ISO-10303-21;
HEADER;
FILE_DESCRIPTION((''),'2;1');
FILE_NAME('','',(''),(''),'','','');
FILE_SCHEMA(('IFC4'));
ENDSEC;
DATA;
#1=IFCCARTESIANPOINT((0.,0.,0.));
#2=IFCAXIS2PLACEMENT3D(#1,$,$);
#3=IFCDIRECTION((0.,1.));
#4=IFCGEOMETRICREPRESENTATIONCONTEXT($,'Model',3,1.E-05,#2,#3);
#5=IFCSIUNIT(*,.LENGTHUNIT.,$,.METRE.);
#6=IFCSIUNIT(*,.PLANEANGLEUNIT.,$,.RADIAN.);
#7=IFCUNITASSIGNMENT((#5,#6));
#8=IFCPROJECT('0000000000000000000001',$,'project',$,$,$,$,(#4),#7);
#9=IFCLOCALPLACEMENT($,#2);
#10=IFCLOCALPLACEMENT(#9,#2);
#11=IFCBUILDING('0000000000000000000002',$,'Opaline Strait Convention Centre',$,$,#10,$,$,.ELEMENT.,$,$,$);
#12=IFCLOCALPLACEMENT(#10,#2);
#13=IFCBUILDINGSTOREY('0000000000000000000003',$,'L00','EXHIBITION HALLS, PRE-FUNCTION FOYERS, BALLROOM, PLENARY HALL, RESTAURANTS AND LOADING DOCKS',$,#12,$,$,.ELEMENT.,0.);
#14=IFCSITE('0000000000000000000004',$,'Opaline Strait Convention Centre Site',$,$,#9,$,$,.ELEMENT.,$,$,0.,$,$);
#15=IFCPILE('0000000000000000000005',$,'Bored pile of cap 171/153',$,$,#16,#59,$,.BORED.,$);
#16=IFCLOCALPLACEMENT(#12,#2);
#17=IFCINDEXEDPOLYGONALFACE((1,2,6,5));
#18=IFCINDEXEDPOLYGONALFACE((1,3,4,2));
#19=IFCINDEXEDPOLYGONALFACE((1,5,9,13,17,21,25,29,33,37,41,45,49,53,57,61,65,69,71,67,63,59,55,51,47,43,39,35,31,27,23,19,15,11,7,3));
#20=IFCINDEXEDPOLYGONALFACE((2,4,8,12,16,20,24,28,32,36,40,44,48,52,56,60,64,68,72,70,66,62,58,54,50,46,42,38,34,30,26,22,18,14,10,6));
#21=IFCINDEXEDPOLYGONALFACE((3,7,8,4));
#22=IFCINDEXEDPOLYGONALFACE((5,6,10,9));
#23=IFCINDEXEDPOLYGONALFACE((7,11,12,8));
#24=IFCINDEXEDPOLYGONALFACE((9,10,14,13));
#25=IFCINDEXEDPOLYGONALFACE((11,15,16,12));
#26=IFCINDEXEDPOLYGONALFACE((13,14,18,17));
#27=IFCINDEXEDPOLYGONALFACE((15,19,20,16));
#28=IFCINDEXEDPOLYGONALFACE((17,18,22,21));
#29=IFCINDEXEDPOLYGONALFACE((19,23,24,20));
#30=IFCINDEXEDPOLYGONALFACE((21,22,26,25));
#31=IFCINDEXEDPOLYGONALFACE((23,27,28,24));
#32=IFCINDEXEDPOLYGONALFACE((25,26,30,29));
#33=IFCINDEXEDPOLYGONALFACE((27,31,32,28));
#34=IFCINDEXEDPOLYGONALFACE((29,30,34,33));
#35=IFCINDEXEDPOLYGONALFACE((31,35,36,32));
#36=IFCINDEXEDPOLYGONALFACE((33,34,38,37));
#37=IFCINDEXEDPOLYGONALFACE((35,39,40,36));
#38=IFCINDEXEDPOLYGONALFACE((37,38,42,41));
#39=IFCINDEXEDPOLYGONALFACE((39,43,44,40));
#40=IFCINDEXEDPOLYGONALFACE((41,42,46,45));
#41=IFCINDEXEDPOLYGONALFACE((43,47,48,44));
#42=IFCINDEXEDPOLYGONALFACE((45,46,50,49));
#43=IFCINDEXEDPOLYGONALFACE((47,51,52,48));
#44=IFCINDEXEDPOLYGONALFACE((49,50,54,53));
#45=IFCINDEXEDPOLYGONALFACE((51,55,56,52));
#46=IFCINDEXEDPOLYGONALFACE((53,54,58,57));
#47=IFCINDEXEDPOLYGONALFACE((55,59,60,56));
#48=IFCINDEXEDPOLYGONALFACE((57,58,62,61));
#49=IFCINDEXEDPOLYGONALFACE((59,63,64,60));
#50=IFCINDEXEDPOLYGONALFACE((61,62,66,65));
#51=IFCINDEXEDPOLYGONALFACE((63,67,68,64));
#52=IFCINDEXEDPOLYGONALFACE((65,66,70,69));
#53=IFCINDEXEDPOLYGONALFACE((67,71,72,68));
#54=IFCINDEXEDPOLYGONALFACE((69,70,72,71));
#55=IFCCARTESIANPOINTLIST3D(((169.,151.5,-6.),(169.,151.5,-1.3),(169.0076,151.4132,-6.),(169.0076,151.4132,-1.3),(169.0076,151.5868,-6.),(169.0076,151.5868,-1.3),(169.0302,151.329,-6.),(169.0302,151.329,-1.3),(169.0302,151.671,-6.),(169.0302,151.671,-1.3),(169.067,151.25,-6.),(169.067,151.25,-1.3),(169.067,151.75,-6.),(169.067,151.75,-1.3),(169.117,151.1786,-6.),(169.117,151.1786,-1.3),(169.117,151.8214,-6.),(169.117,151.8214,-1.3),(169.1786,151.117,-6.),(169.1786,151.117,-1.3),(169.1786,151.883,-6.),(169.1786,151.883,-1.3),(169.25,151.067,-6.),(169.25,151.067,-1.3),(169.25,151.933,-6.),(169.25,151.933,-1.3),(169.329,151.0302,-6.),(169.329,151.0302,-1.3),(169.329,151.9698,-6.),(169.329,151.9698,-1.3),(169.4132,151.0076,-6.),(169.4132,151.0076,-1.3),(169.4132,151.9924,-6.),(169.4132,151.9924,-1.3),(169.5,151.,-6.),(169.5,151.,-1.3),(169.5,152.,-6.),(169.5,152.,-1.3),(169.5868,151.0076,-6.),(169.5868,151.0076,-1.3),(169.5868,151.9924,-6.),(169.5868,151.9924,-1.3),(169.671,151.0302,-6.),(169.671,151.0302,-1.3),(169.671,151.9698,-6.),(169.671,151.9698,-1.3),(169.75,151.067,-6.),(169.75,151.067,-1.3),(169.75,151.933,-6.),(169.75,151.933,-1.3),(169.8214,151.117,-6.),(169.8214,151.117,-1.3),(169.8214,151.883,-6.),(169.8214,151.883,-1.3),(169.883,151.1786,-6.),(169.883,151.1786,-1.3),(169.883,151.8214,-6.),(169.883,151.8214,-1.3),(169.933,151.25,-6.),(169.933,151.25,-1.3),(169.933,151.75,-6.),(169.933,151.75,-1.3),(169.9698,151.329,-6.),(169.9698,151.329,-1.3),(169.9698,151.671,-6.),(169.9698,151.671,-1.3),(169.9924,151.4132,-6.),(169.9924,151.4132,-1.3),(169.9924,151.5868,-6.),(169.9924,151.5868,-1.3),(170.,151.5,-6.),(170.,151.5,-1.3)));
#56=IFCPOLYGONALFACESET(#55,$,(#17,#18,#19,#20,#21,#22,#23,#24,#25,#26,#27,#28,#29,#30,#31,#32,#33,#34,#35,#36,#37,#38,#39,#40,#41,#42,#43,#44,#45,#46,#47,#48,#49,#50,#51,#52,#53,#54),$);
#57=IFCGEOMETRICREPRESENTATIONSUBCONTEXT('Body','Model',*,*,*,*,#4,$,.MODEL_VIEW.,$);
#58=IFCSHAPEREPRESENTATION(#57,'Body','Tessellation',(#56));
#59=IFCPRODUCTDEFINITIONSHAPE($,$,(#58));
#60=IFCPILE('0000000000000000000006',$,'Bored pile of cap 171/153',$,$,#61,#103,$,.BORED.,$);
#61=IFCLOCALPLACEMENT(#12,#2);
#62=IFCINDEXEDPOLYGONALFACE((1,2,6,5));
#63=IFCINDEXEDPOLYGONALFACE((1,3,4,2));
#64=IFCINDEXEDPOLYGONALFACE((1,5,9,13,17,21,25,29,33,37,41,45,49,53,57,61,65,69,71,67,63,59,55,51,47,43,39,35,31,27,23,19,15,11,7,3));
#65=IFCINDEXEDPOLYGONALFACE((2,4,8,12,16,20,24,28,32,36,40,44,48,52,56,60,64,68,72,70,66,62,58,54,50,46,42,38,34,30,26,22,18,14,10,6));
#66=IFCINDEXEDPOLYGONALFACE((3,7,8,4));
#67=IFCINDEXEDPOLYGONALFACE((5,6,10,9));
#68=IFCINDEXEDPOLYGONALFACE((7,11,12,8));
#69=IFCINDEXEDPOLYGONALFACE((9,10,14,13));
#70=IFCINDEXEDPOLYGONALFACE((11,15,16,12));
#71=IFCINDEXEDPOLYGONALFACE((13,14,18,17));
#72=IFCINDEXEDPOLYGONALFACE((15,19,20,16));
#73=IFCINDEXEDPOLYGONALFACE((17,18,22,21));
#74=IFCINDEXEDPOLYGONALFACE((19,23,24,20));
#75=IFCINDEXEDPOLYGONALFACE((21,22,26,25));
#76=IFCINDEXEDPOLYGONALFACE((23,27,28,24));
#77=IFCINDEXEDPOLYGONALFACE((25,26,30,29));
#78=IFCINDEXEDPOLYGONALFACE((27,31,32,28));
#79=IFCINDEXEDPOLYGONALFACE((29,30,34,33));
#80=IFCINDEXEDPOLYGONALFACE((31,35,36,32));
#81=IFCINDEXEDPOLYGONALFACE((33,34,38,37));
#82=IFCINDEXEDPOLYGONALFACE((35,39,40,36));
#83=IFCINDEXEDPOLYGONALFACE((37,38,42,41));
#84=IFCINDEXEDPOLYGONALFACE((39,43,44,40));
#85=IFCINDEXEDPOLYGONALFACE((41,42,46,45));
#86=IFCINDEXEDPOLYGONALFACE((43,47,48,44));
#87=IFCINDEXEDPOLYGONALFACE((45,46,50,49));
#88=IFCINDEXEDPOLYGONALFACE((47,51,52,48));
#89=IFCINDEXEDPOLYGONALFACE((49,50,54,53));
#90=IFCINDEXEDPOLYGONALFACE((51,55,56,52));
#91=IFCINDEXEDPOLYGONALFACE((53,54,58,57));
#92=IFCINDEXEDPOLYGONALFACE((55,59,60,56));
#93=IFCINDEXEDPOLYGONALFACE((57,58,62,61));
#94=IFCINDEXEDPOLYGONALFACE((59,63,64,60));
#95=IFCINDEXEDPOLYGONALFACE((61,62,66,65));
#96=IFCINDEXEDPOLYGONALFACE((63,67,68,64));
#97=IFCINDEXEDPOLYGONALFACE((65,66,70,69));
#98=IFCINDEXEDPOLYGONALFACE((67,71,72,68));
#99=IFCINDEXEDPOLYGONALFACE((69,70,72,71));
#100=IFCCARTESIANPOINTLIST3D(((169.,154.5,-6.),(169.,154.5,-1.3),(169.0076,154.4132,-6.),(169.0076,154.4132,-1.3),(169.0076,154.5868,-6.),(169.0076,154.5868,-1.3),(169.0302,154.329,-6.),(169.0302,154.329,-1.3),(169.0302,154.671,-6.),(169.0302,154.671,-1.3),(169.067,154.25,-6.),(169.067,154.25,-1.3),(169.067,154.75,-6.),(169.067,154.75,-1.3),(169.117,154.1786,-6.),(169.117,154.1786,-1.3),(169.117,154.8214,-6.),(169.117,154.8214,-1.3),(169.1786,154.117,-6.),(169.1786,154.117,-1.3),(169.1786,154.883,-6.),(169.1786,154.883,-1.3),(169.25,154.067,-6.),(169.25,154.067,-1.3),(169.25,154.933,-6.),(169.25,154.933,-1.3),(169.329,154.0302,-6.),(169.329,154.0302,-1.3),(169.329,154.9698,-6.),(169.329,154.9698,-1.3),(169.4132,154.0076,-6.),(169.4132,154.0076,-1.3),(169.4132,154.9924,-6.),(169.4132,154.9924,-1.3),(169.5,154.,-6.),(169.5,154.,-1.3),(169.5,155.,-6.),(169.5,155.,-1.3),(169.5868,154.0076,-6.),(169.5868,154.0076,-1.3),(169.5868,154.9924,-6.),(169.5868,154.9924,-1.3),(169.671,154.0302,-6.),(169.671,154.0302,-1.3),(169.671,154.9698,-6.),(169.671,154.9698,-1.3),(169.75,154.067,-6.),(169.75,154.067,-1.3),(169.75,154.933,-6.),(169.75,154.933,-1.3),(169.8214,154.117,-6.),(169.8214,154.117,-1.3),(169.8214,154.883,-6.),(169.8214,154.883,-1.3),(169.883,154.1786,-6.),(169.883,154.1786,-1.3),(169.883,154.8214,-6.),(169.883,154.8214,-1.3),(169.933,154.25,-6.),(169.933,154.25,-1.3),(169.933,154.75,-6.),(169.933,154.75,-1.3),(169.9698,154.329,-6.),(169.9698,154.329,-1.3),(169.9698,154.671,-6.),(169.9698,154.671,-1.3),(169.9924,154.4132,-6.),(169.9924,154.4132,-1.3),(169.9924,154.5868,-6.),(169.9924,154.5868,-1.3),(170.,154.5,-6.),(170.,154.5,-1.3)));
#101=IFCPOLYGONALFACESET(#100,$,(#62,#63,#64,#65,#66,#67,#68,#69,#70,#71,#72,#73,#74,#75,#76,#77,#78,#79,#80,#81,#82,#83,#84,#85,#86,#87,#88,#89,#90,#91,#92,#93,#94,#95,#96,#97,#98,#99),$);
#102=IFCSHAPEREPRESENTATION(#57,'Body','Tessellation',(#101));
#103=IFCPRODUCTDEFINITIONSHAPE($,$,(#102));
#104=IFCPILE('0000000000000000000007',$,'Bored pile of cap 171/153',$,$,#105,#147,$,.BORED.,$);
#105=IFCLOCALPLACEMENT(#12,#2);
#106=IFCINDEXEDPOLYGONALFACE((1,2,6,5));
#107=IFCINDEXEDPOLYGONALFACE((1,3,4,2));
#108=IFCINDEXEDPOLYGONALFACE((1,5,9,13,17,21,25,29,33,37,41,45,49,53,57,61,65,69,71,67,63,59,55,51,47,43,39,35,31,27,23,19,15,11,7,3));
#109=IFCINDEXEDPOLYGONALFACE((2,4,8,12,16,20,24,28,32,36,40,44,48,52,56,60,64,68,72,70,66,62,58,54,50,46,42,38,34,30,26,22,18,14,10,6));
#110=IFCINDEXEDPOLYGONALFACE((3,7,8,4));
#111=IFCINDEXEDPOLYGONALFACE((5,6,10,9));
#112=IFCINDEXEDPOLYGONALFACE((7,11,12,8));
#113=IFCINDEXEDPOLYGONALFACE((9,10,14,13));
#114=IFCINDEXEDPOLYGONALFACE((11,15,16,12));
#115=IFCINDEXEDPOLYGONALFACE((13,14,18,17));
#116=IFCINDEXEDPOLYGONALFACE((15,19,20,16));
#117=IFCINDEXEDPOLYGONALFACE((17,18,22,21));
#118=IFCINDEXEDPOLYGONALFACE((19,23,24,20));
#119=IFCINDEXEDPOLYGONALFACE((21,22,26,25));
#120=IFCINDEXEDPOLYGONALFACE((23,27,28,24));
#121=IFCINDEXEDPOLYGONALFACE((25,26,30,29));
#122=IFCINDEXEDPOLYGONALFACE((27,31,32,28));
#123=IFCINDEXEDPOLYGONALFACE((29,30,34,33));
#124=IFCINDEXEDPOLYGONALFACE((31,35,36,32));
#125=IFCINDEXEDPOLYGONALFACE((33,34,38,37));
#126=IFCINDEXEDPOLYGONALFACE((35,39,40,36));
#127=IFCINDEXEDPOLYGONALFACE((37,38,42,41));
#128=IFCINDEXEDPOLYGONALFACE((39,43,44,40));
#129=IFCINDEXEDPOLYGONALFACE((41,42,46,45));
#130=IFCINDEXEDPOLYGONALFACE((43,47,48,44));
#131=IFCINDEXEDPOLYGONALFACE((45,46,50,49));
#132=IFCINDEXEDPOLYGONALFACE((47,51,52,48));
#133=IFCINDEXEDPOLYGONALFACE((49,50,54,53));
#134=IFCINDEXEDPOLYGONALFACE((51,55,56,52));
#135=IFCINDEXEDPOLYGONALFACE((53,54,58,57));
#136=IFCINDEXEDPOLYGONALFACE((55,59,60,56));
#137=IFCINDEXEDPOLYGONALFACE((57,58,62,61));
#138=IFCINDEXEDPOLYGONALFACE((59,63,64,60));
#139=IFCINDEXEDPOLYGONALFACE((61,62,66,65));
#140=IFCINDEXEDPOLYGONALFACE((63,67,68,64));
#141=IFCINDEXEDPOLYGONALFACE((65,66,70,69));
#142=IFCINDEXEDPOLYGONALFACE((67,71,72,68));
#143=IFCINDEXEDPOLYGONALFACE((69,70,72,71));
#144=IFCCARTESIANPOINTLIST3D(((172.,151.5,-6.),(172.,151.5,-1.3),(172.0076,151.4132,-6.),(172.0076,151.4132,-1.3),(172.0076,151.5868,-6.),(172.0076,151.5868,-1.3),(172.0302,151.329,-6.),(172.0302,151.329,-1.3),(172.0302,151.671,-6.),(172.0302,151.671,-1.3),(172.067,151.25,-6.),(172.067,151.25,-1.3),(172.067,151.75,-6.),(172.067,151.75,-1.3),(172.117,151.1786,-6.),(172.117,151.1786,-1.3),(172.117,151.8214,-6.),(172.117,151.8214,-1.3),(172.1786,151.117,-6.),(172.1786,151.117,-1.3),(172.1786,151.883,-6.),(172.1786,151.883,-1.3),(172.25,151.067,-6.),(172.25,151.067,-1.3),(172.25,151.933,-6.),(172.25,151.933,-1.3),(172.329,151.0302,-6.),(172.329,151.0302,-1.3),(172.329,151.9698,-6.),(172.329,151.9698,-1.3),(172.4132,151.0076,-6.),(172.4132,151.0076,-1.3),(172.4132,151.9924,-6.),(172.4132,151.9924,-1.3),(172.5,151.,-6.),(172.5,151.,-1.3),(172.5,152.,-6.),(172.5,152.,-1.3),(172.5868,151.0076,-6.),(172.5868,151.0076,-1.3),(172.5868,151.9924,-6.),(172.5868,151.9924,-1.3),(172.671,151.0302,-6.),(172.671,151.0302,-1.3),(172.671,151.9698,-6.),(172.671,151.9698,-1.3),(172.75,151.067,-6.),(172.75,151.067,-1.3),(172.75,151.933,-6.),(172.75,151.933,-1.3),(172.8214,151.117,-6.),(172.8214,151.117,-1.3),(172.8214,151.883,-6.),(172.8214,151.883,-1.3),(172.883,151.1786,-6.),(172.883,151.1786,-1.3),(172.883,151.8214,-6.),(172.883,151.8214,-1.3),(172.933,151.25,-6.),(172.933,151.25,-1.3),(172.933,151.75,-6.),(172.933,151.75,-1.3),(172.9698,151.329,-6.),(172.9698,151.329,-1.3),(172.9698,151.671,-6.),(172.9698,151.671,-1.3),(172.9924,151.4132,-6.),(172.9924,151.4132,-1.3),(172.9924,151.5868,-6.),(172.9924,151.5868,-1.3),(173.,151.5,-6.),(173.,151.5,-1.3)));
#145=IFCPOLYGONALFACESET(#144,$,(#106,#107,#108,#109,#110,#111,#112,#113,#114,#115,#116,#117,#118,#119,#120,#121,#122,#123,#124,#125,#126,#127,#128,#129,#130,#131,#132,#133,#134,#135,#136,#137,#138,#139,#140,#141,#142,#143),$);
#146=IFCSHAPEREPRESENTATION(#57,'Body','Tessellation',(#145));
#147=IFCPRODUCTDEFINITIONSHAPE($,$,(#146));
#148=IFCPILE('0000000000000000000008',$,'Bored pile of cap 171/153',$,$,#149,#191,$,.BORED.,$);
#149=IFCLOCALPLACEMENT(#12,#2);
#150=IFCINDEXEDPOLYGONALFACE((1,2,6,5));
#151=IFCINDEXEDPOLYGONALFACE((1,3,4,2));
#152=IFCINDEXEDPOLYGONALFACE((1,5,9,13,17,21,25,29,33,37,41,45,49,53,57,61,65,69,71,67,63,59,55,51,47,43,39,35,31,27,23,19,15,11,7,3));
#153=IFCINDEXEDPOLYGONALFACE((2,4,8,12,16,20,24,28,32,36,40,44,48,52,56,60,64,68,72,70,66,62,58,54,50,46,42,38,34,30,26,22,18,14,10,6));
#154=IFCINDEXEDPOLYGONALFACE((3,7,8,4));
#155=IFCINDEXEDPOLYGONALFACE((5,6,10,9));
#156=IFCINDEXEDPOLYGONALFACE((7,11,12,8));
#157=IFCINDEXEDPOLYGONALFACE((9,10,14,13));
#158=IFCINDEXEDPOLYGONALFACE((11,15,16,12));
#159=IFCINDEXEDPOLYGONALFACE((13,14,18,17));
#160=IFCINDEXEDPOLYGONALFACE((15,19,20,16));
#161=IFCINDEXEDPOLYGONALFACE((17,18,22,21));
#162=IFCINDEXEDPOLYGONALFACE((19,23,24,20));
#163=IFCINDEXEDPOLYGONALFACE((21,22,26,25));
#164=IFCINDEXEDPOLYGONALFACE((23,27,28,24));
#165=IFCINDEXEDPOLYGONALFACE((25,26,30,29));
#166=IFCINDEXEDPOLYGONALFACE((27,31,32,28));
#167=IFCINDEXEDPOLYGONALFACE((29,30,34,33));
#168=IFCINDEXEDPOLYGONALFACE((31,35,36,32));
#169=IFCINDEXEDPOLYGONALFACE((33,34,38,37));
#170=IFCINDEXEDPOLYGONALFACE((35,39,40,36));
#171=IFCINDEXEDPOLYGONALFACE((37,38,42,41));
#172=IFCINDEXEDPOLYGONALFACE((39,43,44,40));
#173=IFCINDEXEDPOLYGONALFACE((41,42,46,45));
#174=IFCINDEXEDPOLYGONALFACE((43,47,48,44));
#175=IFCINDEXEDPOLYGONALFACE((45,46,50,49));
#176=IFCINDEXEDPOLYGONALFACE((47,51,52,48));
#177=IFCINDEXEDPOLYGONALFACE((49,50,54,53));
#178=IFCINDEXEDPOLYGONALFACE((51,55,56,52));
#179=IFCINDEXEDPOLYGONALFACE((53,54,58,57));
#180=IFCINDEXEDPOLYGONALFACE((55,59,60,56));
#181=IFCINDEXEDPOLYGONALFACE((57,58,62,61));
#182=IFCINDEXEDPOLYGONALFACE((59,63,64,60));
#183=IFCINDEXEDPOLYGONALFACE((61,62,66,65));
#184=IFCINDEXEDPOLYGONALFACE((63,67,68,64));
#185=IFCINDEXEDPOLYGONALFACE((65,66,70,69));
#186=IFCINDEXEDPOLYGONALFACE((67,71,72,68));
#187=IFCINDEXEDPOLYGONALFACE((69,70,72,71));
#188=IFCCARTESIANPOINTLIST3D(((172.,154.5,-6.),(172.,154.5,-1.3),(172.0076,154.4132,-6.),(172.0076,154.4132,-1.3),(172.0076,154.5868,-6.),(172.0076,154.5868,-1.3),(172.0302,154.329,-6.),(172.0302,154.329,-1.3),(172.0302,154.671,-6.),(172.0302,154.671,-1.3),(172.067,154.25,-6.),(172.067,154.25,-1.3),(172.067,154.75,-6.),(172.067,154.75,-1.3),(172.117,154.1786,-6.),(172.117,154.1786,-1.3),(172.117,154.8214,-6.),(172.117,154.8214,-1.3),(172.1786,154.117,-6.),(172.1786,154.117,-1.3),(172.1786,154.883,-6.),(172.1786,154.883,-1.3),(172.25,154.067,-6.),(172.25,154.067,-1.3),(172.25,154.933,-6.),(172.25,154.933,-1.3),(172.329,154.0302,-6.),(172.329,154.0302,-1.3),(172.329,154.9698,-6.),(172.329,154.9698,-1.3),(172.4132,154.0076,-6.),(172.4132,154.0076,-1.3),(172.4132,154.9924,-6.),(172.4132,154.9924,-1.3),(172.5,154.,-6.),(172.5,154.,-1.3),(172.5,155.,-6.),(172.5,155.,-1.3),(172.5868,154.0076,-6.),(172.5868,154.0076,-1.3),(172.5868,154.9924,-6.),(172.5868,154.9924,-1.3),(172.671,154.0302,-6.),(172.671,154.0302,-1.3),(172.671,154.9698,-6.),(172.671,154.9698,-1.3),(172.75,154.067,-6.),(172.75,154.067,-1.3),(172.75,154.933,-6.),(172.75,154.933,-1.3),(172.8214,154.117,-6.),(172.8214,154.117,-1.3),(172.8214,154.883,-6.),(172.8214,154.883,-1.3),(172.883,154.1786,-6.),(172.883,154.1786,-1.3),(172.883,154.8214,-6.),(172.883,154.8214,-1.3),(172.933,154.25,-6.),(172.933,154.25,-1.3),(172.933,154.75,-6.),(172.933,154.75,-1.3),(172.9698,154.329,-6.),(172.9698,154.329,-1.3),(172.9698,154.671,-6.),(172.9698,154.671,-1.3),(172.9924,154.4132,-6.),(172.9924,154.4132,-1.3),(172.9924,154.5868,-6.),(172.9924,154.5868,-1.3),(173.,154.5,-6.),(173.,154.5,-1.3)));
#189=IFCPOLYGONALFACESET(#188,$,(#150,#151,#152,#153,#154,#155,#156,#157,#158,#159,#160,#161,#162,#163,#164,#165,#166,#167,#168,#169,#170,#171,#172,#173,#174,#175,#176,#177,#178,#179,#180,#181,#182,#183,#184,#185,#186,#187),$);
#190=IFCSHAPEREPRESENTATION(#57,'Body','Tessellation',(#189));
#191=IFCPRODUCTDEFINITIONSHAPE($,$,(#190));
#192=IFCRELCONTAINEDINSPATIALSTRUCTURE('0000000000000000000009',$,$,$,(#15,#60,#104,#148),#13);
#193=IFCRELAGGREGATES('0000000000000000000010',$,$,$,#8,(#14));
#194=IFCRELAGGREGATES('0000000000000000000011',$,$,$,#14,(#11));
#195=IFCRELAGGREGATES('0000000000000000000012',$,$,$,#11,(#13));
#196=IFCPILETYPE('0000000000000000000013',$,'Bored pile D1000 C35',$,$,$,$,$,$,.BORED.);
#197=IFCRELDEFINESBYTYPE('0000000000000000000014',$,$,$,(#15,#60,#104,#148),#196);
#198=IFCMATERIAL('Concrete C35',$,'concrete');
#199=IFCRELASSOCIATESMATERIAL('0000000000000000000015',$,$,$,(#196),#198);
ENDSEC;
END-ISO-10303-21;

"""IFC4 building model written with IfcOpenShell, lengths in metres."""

from ifc_helpers import new_model, si_unit, direction, frame, origin, origin_2d, place, context, subcontext, project, spatial, circle, extrude, material, material_profile, profile_set, type_object, element, save


model = new_model("IFC4")

# Units and contexts
model_context = context("Model", 3, precision=1e-05, world=origin(), true_north=direction((0.0, 1.0)))
body_context = subcontext(model_context, "Body", "Model", "MODEL_VIEW")
ifc_project = project(units=[si_unit("LENGTHUNIT", "METRE"), si_unit("PLANEANGLEUNIT", "RADIAN")], contexts=[model_context])

# Site, building, storey
site_placement = place(None, origin())
site = spatial("IfcSite", under=ifc_project, at=site_placement, Name="Opaline Strait Convention Centre Site", CompositionType="ELEMENT", RefElevation=0.0)
building_placement = place(site_placement, origin())
building = spatial("IfcBuilding", under=site, at=building_placement, Name="Opaline Strait Convention Centre", CompositionType="ELEMENT")
storey_placement = place(building_placement, origin())
storey = spatial("IfcBuildingStorey", under=building, at=storey_placement, Name="L00", Description="EXHIBITION HALLS, PRE-FUNCTION FOYERS, BALLROOM, PLENARY HALL, RESTAURANTS AND LOADING DOCKS", CompositionType="ELEMENT", Elevation=0.0)

# Piles
ifc_material_1 = material(Name="Concrete C35", Category="concrete")
ifc_material_profile_1 = material_profile(ifc_material_1, circle(Radius=0.5, at=origin_2d()), Name="D1000")
ifc_profile_set_1 = profile_set([ifc_material_profile_1], Name="Concrete C35")
pile_type_1 = type_object("IfcPileType", Name="Bored pile D1000 C35", PredefinedType="BORED", material=ifc_profile_set_1)
for number, where, z_axis, x_axis, name in (
    (1, (169.5, 151.5, -1.3), (0.0, 0.0, -1.0), (1.0, 0.0, 0.0), "Bored pile of cap 171/153"),
    (2, (169.5, 154.5, -1.3), (0.0, 0.0, -1.0), (1.0, 0.0, 0.0), "Bored pile of cap 171/153"),
    (3, (172.5, 151.5, -1.3), (0.0, 0.0, -1.0), (1.0, 0.0, 0.0), "Bored pile of cap 171/153"),
    (4, (172.5, 154.5, -1.3), (0.0, 0.0, -1.0), (1.0, 0.0, 0.0), "Bored pile of cap 171/153"),
):
    element("IfcPile", number, at=place(storey_placement, frame(where, z_axis=z_axis, x_axis=x_axis)), inside=storey, type_object=pile_type_1, Name=name, PredefinedType="BORED", context=body_context, shape_type="SweptSolid", body=[
        extrude(circle(Radius=0.5, at=origin_2d()), origin(), (0.0, 0.0, 1.0), 4.7),
    ])

save(model, "model.ifc")
